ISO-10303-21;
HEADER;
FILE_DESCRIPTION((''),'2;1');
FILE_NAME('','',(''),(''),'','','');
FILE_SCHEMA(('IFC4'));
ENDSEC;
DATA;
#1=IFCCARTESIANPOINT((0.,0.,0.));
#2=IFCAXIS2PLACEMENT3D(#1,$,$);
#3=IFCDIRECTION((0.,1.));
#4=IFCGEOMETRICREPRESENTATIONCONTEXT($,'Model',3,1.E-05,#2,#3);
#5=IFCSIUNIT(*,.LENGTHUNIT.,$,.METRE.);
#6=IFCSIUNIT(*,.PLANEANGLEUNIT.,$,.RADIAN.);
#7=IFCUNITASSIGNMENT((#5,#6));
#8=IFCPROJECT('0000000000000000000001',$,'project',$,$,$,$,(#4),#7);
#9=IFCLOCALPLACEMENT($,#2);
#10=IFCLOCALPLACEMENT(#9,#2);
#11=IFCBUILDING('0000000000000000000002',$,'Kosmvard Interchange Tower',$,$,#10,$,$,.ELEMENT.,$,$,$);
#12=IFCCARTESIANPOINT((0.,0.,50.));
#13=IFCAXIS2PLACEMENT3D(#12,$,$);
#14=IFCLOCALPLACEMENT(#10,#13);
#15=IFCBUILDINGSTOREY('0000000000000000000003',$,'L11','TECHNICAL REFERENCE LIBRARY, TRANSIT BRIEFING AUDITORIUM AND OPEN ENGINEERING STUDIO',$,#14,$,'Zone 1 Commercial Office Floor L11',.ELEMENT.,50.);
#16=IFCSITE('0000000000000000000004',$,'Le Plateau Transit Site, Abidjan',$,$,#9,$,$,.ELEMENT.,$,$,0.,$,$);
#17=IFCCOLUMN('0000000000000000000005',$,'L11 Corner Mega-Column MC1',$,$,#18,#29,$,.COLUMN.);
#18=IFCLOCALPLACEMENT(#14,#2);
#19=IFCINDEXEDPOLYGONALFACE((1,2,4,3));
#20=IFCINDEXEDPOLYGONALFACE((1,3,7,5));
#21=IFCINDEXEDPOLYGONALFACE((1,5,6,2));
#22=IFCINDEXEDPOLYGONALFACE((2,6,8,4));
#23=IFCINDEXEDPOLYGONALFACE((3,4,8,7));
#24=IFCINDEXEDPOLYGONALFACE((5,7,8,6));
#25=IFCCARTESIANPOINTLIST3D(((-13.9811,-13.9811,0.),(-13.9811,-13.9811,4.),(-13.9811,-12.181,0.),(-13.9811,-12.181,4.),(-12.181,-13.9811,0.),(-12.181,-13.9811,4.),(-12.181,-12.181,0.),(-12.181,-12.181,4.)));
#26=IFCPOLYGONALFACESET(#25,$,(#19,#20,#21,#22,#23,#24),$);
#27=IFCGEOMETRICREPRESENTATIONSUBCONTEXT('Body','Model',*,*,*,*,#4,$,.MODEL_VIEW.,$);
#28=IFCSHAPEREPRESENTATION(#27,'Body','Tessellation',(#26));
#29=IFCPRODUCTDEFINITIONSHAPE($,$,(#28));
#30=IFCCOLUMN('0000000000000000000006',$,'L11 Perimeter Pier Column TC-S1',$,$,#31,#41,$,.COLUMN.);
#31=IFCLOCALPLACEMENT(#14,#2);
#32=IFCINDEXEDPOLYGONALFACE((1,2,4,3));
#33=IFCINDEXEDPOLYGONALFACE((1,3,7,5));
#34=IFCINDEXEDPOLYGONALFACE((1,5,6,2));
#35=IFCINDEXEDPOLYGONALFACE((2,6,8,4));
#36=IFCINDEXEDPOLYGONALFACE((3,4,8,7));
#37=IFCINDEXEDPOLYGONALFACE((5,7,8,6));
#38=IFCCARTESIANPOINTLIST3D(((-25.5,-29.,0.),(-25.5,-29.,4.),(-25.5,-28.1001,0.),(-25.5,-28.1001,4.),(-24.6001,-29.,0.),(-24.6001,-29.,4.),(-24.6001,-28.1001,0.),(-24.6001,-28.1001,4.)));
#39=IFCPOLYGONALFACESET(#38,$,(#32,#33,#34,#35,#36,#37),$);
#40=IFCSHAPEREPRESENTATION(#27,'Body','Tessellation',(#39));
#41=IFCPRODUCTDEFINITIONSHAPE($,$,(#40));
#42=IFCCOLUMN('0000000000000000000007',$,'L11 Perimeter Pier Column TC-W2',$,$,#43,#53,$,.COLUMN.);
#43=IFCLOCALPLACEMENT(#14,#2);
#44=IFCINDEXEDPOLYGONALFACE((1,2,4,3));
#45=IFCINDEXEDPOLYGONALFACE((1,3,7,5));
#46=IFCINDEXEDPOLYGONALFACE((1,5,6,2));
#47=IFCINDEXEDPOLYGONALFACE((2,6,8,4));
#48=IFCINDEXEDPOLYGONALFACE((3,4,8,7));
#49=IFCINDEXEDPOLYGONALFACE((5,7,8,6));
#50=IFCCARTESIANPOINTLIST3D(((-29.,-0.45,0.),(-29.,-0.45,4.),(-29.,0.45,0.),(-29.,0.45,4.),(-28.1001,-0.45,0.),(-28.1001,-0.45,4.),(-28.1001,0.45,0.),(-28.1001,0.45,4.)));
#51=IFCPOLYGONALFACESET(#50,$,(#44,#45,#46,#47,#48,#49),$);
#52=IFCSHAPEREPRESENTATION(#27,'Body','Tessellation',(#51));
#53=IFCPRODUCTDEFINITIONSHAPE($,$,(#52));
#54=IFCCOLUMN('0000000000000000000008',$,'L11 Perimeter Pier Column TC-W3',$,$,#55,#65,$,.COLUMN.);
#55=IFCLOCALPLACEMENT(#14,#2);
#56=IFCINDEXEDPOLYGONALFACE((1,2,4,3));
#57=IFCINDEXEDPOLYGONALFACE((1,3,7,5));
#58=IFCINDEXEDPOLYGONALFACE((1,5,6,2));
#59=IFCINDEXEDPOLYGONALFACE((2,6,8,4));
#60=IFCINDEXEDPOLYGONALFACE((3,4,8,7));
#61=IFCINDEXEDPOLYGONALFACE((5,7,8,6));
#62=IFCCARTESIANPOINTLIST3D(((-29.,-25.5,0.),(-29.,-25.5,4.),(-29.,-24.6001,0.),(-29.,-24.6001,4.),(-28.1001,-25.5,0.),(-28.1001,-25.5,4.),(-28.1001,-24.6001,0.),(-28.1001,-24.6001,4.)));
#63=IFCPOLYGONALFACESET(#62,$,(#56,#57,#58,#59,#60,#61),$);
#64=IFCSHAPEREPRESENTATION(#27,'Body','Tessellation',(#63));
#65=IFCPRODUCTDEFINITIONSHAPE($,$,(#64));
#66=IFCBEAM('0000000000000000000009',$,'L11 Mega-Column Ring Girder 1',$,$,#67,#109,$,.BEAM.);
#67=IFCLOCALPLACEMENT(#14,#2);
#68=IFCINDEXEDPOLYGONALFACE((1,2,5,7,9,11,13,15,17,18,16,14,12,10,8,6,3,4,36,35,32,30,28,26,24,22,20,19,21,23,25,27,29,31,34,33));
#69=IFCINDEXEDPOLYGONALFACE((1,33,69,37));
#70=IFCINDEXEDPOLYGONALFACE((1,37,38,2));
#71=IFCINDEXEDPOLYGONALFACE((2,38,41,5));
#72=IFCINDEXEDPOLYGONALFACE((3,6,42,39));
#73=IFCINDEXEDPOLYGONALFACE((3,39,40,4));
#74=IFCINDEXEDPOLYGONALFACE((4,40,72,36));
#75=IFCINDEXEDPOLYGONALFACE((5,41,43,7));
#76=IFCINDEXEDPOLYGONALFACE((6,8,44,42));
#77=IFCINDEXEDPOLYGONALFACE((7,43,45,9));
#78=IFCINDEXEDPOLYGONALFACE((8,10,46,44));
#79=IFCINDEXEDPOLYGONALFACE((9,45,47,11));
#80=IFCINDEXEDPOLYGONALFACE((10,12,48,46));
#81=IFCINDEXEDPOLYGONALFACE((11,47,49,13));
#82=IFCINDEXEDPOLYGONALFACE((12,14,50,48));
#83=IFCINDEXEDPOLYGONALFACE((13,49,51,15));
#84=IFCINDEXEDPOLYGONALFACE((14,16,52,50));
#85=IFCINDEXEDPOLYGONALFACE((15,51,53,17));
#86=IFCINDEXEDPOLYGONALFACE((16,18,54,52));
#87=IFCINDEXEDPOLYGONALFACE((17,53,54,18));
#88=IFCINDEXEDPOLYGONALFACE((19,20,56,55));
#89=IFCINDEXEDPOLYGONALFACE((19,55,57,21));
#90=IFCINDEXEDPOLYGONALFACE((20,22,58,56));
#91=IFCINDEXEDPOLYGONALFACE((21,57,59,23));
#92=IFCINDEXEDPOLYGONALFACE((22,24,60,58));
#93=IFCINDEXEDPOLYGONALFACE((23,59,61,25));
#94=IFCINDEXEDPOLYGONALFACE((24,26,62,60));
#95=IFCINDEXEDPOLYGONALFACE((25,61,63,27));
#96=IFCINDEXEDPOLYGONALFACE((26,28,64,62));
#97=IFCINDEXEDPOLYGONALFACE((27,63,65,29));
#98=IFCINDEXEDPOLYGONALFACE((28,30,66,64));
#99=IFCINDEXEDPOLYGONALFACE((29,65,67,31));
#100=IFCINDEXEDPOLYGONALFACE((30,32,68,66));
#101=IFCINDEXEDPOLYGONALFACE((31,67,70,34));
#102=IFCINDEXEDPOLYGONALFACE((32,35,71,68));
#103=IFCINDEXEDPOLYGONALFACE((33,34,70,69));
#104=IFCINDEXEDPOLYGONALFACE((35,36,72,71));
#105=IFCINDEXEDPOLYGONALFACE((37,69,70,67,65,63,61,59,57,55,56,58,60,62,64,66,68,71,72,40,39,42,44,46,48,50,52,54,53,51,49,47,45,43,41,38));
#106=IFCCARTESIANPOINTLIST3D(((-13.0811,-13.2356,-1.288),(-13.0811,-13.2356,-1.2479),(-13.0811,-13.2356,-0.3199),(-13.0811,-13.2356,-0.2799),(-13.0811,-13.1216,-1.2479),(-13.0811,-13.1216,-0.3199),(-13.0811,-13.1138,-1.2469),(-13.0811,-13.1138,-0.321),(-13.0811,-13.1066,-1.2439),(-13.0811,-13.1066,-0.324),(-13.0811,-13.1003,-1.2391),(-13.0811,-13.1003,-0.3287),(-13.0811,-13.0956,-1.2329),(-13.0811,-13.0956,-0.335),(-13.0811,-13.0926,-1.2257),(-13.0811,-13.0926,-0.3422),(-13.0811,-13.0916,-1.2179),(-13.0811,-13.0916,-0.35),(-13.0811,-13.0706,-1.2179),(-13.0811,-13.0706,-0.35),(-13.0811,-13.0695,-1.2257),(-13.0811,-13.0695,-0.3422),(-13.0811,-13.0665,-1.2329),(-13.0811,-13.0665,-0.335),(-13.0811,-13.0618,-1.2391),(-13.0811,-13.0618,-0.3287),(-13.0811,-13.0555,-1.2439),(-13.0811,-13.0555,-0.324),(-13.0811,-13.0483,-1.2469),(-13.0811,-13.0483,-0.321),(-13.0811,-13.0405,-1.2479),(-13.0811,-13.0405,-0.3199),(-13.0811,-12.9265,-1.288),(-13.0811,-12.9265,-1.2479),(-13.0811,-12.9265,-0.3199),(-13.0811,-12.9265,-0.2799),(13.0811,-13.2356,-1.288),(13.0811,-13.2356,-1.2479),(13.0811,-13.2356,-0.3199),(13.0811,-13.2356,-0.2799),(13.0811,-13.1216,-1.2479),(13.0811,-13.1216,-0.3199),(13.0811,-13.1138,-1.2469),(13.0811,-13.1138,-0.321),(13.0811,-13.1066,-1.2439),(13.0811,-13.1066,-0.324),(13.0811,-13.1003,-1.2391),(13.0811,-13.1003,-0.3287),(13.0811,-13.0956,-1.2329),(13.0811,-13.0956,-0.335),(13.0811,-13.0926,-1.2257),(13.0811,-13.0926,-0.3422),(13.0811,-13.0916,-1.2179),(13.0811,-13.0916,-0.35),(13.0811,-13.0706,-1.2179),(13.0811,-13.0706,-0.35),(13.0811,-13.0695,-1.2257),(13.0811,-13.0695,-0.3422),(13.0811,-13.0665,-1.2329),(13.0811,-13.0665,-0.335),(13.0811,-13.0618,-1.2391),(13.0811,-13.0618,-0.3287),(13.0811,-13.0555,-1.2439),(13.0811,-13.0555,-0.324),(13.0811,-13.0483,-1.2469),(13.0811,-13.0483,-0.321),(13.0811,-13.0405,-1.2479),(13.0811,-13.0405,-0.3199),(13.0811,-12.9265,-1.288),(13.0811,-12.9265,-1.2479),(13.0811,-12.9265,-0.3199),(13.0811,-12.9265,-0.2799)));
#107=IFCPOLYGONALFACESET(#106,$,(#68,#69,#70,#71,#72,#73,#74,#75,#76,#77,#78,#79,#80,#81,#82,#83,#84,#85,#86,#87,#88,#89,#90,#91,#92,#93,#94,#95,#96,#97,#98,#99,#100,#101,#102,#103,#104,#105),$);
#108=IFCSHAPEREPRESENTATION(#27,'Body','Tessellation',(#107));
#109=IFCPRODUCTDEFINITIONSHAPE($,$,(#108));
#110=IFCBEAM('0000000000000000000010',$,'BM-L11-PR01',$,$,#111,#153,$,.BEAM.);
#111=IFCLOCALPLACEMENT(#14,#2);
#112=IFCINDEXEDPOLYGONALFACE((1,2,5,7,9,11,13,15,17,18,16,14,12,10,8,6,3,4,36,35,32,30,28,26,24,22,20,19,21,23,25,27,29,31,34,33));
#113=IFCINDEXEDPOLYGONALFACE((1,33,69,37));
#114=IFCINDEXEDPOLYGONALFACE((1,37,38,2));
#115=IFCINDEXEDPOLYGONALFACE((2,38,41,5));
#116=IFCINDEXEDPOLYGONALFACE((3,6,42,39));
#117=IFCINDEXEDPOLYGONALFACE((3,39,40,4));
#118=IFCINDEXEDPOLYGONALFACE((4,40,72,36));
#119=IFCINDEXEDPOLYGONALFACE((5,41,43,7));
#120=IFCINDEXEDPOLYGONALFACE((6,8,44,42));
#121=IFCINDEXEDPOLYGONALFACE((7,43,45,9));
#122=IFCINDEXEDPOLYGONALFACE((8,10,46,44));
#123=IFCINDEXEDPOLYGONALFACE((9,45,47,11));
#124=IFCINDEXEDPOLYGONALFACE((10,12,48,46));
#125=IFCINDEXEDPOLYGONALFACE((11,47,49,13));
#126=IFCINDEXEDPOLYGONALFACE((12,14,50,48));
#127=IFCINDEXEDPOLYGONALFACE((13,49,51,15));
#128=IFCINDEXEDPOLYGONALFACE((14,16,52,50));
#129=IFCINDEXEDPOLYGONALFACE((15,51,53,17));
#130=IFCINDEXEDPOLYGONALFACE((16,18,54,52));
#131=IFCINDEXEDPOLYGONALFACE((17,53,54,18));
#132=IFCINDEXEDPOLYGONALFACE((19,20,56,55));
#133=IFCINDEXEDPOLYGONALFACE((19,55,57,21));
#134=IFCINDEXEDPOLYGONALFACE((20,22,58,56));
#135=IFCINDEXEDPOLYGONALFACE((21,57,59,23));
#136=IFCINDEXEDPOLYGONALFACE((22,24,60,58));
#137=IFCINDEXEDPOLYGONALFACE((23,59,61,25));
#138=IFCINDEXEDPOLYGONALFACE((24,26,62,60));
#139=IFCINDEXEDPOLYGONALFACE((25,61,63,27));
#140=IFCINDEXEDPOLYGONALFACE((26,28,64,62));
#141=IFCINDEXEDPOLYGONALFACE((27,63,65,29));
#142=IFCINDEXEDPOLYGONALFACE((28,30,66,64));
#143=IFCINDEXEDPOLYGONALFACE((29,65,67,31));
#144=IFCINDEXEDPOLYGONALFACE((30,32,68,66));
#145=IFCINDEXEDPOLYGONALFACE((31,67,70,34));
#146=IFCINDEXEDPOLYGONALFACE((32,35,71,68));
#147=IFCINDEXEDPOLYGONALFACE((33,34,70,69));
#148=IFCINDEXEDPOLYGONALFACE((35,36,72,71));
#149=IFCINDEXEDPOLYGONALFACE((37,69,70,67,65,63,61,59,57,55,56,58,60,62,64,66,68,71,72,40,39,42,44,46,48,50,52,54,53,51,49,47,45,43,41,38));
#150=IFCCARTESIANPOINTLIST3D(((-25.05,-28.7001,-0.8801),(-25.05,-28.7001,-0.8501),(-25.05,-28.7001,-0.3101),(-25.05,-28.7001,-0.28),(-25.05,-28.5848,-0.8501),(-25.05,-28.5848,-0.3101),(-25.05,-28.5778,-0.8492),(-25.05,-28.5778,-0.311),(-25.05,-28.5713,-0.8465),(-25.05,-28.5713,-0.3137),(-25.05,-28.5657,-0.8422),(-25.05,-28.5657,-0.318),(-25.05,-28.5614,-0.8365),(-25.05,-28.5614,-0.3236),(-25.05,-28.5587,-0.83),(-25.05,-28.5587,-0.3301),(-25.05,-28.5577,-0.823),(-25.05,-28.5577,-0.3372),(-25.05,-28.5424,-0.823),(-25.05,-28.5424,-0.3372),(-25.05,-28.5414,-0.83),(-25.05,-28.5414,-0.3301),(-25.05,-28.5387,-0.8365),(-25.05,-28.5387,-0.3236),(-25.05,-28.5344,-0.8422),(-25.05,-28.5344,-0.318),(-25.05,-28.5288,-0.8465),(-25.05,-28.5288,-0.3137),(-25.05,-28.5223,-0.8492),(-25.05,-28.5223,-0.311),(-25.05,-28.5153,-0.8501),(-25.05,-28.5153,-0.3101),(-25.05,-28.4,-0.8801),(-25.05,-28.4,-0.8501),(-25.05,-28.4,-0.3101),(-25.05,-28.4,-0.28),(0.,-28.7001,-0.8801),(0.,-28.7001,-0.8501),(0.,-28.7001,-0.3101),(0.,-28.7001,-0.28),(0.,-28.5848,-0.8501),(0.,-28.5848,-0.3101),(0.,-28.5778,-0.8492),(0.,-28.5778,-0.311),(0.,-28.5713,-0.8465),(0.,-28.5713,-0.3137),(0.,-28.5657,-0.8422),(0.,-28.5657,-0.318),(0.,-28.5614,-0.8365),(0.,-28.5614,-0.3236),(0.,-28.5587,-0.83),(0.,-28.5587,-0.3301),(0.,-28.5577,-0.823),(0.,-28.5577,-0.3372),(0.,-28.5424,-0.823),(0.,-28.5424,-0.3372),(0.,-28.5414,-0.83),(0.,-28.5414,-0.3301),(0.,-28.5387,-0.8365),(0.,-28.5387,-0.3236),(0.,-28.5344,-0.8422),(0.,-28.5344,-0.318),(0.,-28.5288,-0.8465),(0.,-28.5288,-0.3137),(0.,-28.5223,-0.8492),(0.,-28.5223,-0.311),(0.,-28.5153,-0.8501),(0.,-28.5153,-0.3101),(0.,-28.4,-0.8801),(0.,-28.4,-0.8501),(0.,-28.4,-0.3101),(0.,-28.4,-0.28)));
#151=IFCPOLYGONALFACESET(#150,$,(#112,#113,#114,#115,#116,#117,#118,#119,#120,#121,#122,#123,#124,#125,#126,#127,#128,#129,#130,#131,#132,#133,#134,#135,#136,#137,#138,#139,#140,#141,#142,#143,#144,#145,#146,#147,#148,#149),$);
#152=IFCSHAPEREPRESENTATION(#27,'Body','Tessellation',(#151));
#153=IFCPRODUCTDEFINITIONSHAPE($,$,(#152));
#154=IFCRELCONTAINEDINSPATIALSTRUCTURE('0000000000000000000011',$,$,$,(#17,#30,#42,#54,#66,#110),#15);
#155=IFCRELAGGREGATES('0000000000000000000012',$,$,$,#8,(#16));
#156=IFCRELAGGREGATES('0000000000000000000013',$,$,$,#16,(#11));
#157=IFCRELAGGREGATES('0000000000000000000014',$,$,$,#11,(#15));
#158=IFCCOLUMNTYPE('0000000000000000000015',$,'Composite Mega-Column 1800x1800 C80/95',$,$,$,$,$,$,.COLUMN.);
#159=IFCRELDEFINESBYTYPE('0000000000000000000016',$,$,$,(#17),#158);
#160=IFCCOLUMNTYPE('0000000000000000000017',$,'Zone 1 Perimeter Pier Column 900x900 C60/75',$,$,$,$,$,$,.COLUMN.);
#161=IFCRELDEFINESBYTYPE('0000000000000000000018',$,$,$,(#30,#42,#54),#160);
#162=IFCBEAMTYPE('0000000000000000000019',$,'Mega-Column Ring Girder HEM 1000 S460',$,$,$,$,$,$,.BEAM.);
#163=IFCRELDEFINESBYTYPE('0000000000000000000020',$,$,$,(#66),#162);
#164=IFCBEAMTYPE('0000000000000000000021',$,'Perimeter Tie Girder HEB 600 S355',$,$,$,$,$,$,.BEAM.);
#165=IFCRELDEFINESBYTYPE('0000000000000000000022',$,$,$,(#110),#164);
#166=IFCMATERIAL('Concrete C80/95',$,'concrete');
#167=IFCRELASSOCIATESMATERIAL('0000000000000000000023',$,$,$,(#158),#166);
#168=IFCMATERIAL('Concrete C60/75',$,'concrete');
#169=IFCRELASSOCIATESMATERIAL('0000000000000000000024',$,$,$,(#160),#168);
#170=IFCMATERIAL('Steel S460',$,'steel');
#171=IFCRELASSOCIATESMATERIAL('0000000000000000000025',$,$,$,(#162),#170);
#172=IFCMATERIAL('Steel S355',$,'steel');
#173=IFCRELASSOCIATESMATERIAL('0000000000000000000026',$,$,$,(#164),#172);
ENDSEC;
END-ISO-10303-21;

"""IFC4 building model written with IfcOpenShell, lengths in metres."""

from ifc_helpers import new_model, si_unit, direction, frame, origin, origin_2d, place, context, subcontext, project, spatial, rectangle, i_section, extrude, source, transform, mapped, material, material_profile, profile_set, type_object, element, save


model = new_model("IFC4")

# Units and contexts
model_context = context("Model", 3, precision=1e-05, world=origin(), true_north=direction((0.0, 1.0)))
body_context = subcontext(model_context, "Body", "Model", "MODEL_VIEW")
ifc_project = project(units=[si_unit("LENGTHUNIT", "METRE"), si_unit("PLANEANGLEUNIT", "RADIAN")], contexts=[model_context])

# Site, building, storey
site_placement = place(None, origin())
site = spatial("IfcSite", under=ifc_project, at=site_placement, Name="Le Plateau Transit Site, Abidjan", CompositionType="ELEMENT", RefElevation=0.0)
building_placement = place(site_placement, origin())
building = spatial("IfcBuilding", under=site, at=building_placement, Name="Kosmvard Interchange Tower", CompositionType="ELEMENT")
storey_placement = place(building_placement, frame((0.0, 0.0, 50.0)))
storey = spatial("IfcBuildingStorey", under=building, at=storey_placement, Name="L11", Description="TECHNICAL REFERENCE LIBRARY, TRANSIT BRIEFING AUDITORIUM AND OPEN ENGINEERING STUDIO", LongName="Zone 1 Commercial Office Floor L11", CompositionType="ELEMENT", Elevation=50.0)

# Columns
ifc_material_1 = material(Name="Concrete C80/95", Category="concrete")
ifc_material_profile_1 = material_profile(ifc_material_1, rectangle(XDim=1.8, YDim=1.8, at=origin_2d()), Name="MC 1800x1800")
ifc_profile_set_1 = profile_set([ifc_material_profile_1], Name="Concrete C80/95")
column_type_1 = type_object("IfcColumnType", Name="Composite Mega-Column 1800x1800 C80/95", PredefinedType="COLUMN", material=ifc_profile_set_1)
shared_shape_1 = source(origin(), body_context, "Body", "SweptSolid", [
    extrude(rectangle(XDim=1.8, YDim=1.8, at=origin_2d()), origin(), (0.0, 0.0, 1.0), 4.0),
])
column_placement = place(storey_placement, frame((-13.0811, -13.0811, 0.0), z_axis=(0.0, 0.0, 1.0), x_axis=(1.0, 0.0, 0.0)))
element("IfcColumn", 1, at=column_placement, inside=storey, type_object=column_type_1, Name="L11 Corner Mega-Column MC1", PredefinedType="COLUMN", context=body_context, shape_type="MappedRepresentation", body=[
    mapped(shared_shape_1, transform((0.0, 0.0, 0.0), scale=1.0)),
])
ifc_material_2 = material(Name="Concrete C60/75", Category="concrete")
ifc_material_profile_2 = material_profile(ifc_material_2, rectangle(XDim=0.8999, YDim=0.8999, at=origin_2d()), Name="TC 900x900")
ifc_profile_set_2 = profile_set([ifc_material_profile_2], Name="Concrete C60/75")
column_type_2 = type_object("IfcColumnType", Name="Zone 1 Perimeter Pier Column 900x900 C60/75", PredefinedType="COLUMN", material=ifc_profile_set_2)
shared_shape_2 = source(origin(), body_context, "Body", "SweptSolid", [
    extrude(rectangle(XDim=0.8999, YDim=0.8999, at=origin_2d()), origin(), (0.0, 0.0, 1.0), 4.0),
])
for number, where, z_axis, x_axis, name in (
    (2, (-25.05, -28.55, 0.0), (0.0, 0.0, 1.0), (1.0, 0.0, 0.0), "L11 Perimeter Pier Column TC-S1"),
    (3, (-28.55, 0.0, 0.0), (0.0, 0.0, 1.0), (1.0, 0.0, 0.0), "L11 Perimeter Pier Column TC-W2"),
    (4, (-28.55, -25.05, 0.0), (0.0, 0.0, 1.0), (1.0, 0.0, 0.0), "L11 Perimeter Pier Column TC-W3"),
):
    element("IfcColumn", number, at=place(storey_placement, frame(where, z_axis=z_axis, x_axis=x_axis)), inside=storey, type_object=column_type_2, Name=name, PredefinedType="COLUMN", context=body_context, shape_type="MappedRepresentation", body=[
        mapped(shared_shape_2, transform((0.0, 0.0, 0.0), scale=1.0)),
    ])

# Beams
ifc_material_3 = material(Name="Steel S460", Category="steel")
ifc_material_profile_3 = material_profile(ifc_material_3, i_section(OverallWidth=0.3091, OverallDepth=1.0081, WebThickness=0.021, FlangeThickness=0.04, FilletRadius=0.03, at=origin_2d()), Name="HEM 1000")
ifc_profile_set_3 = profile_set([ifc_material_profile_3], Name="Steel S460")
beam_type_1 = type_object("IfcBeamType", Name="Mega-Column Ring Girder HEM 1000 S460", PredefinedType="BEAM", material=ifc_profile_set_3)
shared_shape_3 = source(origin(), body_context, "Body", "SweptSolid", [
    extrude(i_section(OverallWidth=0.3091, OverallDepth=1.0081, WebThickness=0.021, FlangeThickness=0.04, FilletRadius=0.03, at=origin_2d()), origin(), (0.0, 0.0, 1.0), 26.1621),
])
beam_1_placement = place(storey_placement, frame((-13.0811, -13.0811, -0.7839), z_axis=(1.0, 0.0, 0.0), x_axis=(0.0, 1.0, 0.0)))
element("IfcBeam", 5, at=beam_1_placement, inside=storey, type_object=beam_type_1, Name="L11 Mega-Column Ring Girder 1", PredefinedType="BEAM", context=body_context, shape_type="MappedRepresentation", body=[
    mapped(shared_shape_3, transform((0.0, 0.0, 0.0), scale=1.0)),
])
ifc_material_4 = material(Name="Steel S355", Category="steel")
ifc_material_profile_4 = material_profile(ifc_material_4, i_section(OverallWidth=0.3, OverallDepth=0.6001, WebThickness=0.0154, FlangeThickness=0.03, FilletRadius=0.0271, at=origin_2d()), Name="HEB 600")
ifc_profile_set_4 = profile_set([ifc_material_profile_4], Name="Steel S355")
beam_type_2 = type_object("IfcBeamType", Name="Perimeter Tie Girder HEB 600 S355", PredefinedType="BEAM", material=ifc_profile_set_4)
shared_shape_4 = source(origin(), body_context, "Body", "SweptSolid", [
    extrude(i_section(OverallWidth=0.3, OverallDepth=0.6001, WebThickness=0.0154, FlangeThickness=0.03, FilletRadius=0.0271, at=origin_2d()), origin(), (0.0, 0.0, 1.0), 25.05),
])
for number, where, z_axis, x_axis, name in (
    (6, (-25.05, -28.55, -0.5801), (1.0, 0.0, 0.0), (0.0, 1.0, 0.0), "BM-L11-PR01"),
):
    element("IfcBeam", number, at=place(storey_placement, frame(where, z_axis=z_axis, x_axis=x_axis)), inside=storey, type_object=beam_type_2, Name=name, PredefinedType="BEAM", context=body_context, shape_type="MappedRepresentation", body=[
        mapped(shared_shape_4, transform((0.0, 0.0, 0.0), scale=1.0)),
    ])

save(model, "model.ifc")
